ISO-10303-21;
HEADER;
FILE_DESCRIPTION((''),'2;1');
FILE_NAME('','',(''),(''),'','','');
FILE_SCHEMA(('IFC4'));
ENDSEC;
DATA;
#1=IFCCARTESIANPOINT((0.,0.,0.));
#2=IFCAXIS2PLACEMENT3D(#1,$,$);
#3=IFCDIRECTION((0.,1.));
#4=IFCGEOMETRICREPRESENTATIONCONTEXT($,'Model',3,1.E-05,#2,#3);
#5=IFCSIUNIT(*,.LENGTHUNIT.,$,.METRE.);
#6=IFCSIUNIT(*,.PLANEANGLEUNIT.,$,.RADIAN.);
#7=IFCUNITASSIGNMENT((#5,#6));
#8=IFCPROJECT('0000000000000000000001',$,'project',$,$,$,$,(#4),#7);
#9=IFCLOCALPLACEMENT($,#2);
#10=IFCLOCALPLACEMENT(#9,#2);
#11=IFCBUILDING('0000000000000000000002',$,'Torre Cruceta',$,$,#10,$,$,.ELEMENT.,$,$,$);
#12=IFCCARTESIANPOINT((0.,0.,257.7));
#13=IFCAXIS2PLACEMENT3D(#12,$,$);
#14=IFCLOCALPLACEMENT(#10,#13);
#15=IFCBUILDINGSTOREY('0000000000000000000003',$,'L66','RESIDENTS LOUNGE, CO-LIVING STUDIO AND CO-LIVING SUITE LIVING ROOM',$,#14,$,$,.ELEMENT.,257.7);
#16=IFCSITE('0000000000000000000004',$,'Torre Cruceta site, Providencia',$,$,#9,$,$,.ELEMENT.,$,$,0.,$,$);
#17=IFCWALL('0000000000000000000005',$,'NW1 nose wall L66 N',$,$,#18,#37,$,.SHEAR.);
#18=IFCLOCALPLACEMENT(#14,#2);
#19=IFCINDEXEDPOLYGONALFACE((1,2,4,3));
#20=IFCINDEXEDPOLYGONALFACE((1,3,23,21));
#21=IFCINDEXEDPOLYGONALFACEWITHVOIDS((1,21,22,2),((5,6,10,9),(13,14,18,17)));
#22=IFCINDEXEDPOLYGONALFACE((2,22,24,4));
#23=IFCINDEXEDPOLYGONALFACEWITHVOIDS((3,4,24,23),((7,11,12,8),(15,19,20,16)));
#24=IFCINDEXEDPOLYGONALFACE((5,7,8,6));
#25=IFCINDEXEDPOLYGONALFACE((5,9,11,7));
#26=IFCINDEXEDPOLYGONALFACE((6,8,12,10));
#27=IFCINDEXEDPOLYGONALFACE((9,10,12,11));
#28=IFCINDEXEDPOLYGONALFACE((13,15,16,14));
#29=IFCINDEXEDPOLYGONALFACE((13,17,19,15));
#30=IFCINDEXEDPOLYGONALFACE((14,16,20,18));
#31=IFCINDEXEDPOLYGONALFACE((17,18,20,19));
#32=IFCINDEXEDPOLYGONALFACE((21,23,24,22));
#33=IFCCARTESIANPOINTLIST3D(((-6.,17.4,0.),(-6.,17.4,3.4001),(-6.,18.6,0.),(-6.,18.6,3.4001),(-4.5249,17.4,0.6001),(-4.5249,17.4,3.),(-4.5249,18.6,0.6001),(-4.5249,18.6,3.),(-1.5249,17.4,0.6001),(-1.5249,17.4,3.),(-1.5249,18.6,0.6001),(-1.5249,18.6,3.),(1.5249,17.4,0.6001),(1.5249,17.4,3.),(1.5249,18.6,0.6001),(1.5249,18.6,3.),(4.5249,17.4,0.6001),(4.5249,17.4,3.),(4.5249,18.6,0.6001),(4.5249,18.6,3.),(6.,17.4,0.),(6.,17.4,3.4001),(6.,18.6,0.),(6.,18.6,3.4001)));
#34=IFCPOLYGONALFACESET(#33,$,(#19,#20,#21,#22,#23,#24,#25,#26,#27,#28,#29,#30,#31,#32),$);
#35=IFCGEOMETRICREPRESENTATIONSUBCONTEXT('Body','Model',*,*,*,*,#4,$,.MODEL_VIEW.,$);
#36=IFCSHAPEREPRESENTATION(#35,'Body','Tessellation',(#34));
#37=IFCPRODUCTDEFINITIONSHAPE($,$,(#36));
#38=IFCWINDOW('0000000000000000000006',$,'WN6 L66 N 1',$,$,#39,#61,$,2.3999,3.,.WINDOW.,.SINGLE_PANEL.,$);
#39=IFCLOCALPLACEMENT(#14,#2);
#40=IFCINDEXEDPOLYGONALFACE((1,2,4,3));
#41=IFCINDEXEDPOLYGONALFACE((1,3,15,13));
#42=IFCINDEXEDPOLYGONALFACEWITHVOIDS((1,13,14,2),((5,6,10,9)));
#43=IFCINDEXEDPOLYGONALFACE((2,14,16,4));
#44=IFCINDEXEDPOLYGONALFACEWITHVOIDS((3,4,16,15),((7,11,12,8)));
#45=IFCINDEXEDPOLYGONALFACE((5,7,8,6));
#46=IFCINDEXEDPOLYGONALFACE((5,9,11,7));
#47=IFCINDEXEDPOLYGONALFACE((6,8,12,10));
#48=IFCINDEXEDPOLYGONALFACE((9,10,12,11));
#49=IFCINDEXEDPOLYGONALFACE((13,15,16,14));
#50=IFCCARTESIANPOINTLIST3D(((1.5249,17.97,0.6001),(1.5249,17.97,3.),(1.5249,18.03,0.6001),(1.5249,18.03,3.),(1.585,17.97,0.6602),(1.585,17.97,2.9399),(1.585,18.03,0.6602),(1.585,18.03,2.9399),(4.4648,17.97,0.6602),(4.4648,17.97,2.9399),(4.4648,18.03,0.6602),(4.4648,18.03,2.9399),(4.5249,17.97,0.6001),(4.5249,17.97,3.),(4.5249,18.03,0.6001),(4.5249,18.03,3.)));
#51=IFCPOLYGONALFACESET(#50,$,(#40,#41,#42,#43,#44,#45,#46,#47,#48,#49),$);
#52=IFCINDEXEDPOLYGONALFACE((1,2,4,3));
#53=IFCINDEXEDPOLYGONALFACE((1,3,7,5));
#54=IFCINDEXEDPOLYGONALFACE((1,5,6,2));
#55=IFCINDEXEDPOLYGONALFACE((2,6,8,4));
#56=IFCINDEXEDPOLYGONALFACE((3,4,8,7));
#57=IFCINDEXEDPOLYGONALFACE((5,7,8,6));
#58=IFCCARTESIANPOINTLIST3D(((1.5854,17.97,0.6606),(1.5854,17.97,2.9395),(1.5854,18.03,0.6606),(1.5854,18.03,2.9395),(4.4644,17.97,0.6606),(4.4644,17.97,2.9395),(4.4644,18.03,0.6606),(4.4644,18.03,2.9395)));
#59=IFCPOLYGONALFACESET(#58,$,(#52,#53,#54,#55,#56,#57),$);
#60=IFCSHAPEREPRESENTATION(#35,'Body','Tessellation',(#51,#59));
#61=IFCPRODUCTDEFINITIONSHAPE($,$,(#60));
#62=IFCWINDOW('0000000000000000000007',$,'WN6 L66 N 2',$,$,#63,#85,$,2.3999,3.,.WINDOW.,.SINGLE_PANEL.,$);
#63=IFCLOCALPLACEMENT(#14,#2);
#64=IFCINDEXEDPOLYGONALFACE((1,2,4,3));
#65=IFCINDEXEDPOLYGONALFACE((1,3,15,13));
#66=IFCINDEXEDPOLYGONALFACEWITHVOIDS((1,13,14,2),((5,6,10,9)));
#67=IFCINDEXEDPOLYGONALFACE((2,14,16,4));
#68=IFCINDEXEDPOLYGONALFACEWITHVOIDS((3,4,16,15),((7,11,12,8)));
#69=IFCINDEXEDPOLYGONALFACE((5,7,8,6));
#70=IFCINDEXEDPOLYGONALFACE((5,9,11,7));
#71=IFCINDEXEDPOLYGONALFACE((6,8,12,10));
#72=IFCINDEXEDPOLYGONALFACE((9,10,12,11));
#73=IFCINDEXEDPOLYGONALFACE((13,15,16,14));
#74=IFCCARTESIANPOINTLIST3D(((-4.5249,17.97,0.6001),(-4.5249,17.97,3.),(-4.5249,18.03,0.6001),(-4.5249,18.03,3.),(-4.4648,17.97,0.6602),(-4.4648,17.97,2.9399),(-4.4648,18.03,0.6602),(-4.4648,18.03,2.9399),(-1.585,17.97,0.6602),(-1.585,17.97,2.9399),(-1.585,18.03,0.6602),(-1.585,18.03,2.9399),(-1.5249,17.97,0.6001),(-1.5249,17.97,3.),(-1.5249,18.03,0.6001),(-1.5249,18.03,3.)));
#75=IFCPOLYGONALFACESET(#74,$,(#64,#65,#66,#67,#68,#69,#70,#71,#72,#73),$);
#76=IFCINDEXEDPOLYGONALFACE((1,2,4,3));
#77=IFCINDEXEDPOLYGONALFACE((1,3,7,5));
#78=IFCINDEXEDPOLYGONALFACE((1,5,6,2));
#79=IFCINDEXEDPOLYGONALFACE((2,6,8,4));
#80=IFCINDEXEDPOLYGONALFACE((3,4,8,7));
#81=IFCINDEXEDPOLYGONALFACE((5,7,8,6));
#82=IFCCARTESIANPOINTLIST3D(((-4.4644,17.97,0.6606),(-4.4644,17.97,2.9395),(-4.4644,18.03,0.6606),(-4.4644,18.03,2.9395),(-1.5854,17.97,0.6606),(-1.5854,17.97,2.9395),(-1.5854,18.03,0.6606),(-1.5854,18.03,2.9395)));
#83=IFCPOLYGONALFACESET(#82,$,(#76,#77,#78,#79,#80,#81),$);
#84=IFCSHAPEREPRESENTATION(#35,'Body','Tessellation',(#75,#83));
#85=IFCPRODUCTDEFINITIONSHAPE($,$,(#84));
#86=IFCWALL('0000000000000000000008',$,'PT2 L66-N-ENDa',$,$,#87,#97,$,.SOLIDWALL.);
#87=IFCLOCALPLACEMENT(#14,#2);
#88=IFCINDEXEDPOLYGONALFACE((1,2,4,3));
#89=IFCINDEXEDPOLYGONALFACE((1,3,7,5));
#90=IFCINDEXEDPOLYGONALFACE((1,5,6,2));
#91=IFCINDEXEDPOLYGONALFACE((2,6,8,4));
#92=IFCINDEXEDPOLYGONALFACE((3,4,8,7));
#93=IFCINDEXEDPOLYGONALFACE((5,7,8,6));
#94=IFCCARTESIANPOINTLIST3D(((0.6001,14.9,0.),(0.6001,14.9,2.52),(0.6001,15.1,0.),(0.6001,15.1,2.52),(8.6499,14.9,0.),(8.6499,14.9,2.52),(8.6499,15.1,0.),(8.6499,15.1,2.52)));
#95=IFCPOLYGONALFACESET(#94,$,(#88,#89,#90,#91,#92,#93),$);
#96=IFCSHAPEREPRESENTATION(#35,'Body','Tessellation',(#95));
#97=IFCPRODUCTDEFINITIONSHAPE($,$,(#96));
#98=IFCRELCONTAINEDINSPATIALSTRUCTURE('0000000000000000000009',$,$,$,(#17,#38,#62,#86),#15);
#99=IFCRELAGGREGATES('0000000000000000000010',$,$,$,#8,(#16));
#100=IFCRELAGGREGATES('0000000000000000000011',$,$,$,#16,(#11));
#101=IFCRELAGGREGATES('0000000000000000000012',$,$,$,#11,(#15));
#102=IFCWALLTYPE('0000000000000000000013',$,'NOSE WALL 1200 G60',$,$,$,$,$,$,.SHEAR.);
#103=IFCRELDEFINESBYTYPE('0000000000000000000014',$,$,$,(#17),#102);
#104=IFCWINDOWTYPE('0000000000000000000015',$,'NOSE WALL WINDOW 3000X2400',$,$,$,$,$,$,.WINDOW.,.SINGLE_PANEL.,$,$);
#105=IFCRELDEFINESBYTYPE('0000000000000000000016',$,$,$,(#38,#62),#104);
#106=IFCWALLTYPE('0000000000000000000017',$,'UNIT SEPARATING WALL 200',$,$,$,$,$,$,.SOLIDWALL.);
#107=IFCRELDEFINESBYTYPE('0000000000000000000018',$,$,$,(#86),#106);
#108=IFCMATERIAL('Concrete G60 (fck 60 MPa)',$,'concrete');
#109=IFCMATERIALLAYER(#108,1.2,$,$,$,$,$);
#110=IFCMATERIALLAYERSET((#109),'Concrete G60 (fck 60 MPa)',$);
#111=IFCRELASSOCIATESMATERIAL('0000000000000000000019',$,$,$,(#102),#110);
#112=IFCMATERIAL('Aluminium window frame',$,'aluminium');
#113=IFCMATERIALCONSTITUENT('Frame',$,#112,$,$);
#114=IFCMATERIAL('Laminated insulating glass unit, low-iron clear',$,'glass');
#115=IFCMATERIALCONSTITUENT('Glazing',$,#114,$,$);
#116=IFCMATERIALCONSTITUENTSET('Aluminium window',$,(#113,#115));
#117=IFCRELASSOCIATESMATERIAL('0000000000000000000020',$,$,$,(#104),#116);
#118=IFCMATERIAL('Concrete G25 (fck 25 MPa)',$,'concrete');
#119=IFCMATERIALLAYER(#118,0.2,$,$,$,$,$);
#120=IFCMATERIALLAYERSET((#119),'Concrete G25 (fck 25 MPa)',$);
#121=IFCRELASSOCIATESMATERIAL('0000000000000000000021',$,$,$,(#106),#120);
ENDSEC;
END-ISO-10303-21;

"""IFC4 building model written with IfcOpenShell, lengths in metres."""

from ifc_helpers import new_model, si_unit, direction, frame, frame_2d, origin, place, context, subcontext, project, spatial, rectangle, hollow_rectangle, extrude, material, layer, layer_set, constituent, constituent_set, type_object, element, fill, save


model = new_model("IFC4")

# Units and contexts
model_context = context("Model", 3, precision=1e-05, world=origin(), true_north=direction((0.0, 1.0)))
body_context = subcontext(model_context, "Body", "Model", "MODEL_VIEW")
ifc_project = project(units=[si_unit("LENGTHUNIT", "METRE"), si_unit("PLANEANGLEUNIT", "RADIAN")], contexts=[model_context])

# Site, building, storey
site_placement = place(None, origin())
site = spatial("IfcSite", under=ifc_project, at=site_placement, Name="Torre Cruceta site, Providencia", CompositionType="ELEMENT", RefElevation=0.0)
building_placement = place(site_placement, origin())
building = spatial("IfcBuilding", under=site, at=building_placement, Name="Torre Cruceta", CompositionType="ELEMENT")
storey_placement = place(building_placement, frame((0.0, 0.0, 257.7)))
storey = spatial("IfcBuildingStorey", under=building, at=storey_placement, Name="L66", Description="RESIDENTS LOUNGE, CO-LIVING STUDIO AND CO-LIVING SUITE LIVING ROOM", CompositionType="ELEMENT", Elevation=257.7)

# Wall, openings, windows
ifc_material_1 = material(Name="Concrete G60 (fck 60 MPa)", Category="concrete")
ifc_layer_1 = layer(ifc_material_1, 1.2)
ifc_layer_set_1 = layer_set([ifc_layer_1], Name="Concrete G60 (fck 60 MPa)")
wall_type_1 = type_object("IfcWallType", Name="NOSE WALL 1200 G60", PredefinedType="SHEAR", material=ifc_layer_set_1)
wall_1_placement = place(storey_placement, frame((6.0, 18.0, 0.0), z_axis=(0.0, 0.0, 1.0), x_axis=(-1.0, 0.0, 0.0)))
wall_1 = element("IfcWall", 1, at=wall_1_placement, inside=storey, type_object=wall_type_1, Name="NW1 nose wall L66 N", PredefinedType="SHEAR", context=body_context, shape_type="SweptSolid", body=[
    extrude(rectangle(XDim=12.0, YDim=1.2, at=frame_2d((6.0, 0.0))), origin(), (0.0, 0.0, 1.0), 3.4001),
])
opening_1_placement = place(wall_1_placement, frame((1.4751, 0.0, 0.6001)))
opening_1 = element("IfcOpeningElement", 2, at=opening_1_placement, cuts=wall_1, PredefinedType="OPENING", context=body_context, shape_type="SweptSolid", body=[
    extrude(rectangle(XDim=3.0, YDim=2.3999, at=frame_2d((1.5, 1.2))), frame((0.0, 0.6099, 0.0), z_axis=(0.0, -1.0, 0.0), x_axis=(1.0, 0.0, 0.0)), (0.0, 0.0, 1.0), 1.22),
])
opening_2_placement = place(wall_1_placement, frame((7.5249, 0.0, 0.6001)))
opening_2 = element("IfcOpeningElement", 3, at=opening_2_placement, cuts=wall_1, PredefinedType="OPENING", context=body_context, shape_type="SweptSolid", body=[
    extrude(rectangle(XDim=3.0, YDim=2.3999, at=frame_2d((1.5, 1.2))), frame((0.0, 0.6099, 0.0), z_axis=(0.0, -1.0, 0.0), x_axis=(1.0, 0.0, 0.0)), (0.0, 0.0, 1.0), 1.22),
])
ifc_material_2 = material(Name="Aluminium window frame", Category="aluminium")
ifc_constituent_1 = constituent(ifc_material_2, Name="Frame")
ifc_material_3 = material(Name="Laminated insulating glass unit, low-iron clear", Category="glass")
ifc_constituent_2 = constituent(ifc_material_3, Name="Glazing")
ifc_constituent_set_1 = constituent_set(constituents=[ifc_constituent_1, ifc_constituent_2], Name="Aluminium window")
window_type = type_object("IfcWindowType", Name="NOSE WALL WINDOW 3000X2400", PartitioningType="SINGLE_PANEL", PredefinedType="WINDOW", material=ifc_constituent_set_1)
window_1_placement = place(opening_1_placement, origin())
window_1 = element("IfcWindow", 4, at=window_1_placement, inside=storey, type_object=window_type, Name="WN6 L66 N 1", OverallHeight=2.3999, OverallWidth=3.0, PartitioningType="SINGLE_PANEL", PredefinedType="WINDOW", context=body_context, shape_type="SweptSolid", body=[
    extrude(hollow_rectangle(XDim=3.0, YDim=2.3999, WallThickness=0.0601, at=frame_2d((1.5, 1.2))), frame((0.0, 0.03, 0.0), z_axis=(0.0, -1.0, 0.0), x_axis=(1.0, 0.0, 0.0)), (0.0, 0.0, 1.0), 0.0601),
    extrude(rectangle(XDim=2.8789, YDim=2.2788, at=frame_2d((1.5, 1.2))), frame((0.0, 0.03, 0.0), z_axis=(0.0, -1.0, 0.0), x_axis=(1.0, 0.0, 0.0)), (0.0, 0.0, 1.0), 0.0601),
])
fill(opening_1, window_1)
window_2_placement = place(opening_2_placement, origin())
window_2 = element("IfcWindow", 5, at=window_2_placement, inside=storey, type_object=window_type, Name="WN6 L66 N 2", OverallHeight=2.3999, OverallWidth=3.0, PartitioningType="SINGLE_PANEL", PredefinedType="WINDOW", context=body_context, shape_type="SweptSolid", body=[
    extrude(hollow_rectangle(XDim=3.0, YDim=2.3999, WallThickness=0.0601, at=frame_2d((1.5, 1.2))), frame((0.0, 0.03, 0.0), z_axis=(0.0, -1.0, 0.0), x_axis=(1.0, 0.0, 0.0)), (0.0, 0.0, 1.0), 0.0601),
    extrude(rectangle(XDim=2.8789, YDim=2.2788, at=frame_2d((1.5, 1.2))), frame((0.0, 0.03, 0.0), z_axis=(0.0, -1.0, 0.0), x_axis=(1.0, 0.0, 0.0)), (0.0, 0.0, 1.0), 0.0601),
])
fill(opening_2, window_2)

# Wall
ifc_material_4 = material(Name="Concrete G25 (fck 25 MPa)", Category="concrete")
ifc_layer_2 = layer(ifc_material_4, 0.2)
ifc_layer_set_2 = layer_set([ifc_layer_2], Name="Concrete G25 (fck 25 MPa)")
wall_type_2 = type_object("IfcWallType", Name="UNIT SEPARATING WALL 200", PredefinedType="SOLIDWALL", material=ifc_layer_set_2)
wall_2_placement = place(storey_placement, frame((8.6499, 15.0, 0.0), z_axis=(0.0, 0.0, 1.0), x_axis=(-1.0, 0.0, 0.0)))
element("IfcWall", 6, at=wall_2_placement, inside=storey, type_object=wall_type_2, Name="PT2 L66-N-ENDa", PredefinedType="SOLIDWALL", context=body_context, shape_type="SweptSolid", body=[
    extrude(rectangle(XDim=8.0498, YDim=0.2, at=frame_2d((4.0249, 0.0))), origin(), (0.0, 0.0, 1.0), 2.52),
])

save(model, "model.ifc")
